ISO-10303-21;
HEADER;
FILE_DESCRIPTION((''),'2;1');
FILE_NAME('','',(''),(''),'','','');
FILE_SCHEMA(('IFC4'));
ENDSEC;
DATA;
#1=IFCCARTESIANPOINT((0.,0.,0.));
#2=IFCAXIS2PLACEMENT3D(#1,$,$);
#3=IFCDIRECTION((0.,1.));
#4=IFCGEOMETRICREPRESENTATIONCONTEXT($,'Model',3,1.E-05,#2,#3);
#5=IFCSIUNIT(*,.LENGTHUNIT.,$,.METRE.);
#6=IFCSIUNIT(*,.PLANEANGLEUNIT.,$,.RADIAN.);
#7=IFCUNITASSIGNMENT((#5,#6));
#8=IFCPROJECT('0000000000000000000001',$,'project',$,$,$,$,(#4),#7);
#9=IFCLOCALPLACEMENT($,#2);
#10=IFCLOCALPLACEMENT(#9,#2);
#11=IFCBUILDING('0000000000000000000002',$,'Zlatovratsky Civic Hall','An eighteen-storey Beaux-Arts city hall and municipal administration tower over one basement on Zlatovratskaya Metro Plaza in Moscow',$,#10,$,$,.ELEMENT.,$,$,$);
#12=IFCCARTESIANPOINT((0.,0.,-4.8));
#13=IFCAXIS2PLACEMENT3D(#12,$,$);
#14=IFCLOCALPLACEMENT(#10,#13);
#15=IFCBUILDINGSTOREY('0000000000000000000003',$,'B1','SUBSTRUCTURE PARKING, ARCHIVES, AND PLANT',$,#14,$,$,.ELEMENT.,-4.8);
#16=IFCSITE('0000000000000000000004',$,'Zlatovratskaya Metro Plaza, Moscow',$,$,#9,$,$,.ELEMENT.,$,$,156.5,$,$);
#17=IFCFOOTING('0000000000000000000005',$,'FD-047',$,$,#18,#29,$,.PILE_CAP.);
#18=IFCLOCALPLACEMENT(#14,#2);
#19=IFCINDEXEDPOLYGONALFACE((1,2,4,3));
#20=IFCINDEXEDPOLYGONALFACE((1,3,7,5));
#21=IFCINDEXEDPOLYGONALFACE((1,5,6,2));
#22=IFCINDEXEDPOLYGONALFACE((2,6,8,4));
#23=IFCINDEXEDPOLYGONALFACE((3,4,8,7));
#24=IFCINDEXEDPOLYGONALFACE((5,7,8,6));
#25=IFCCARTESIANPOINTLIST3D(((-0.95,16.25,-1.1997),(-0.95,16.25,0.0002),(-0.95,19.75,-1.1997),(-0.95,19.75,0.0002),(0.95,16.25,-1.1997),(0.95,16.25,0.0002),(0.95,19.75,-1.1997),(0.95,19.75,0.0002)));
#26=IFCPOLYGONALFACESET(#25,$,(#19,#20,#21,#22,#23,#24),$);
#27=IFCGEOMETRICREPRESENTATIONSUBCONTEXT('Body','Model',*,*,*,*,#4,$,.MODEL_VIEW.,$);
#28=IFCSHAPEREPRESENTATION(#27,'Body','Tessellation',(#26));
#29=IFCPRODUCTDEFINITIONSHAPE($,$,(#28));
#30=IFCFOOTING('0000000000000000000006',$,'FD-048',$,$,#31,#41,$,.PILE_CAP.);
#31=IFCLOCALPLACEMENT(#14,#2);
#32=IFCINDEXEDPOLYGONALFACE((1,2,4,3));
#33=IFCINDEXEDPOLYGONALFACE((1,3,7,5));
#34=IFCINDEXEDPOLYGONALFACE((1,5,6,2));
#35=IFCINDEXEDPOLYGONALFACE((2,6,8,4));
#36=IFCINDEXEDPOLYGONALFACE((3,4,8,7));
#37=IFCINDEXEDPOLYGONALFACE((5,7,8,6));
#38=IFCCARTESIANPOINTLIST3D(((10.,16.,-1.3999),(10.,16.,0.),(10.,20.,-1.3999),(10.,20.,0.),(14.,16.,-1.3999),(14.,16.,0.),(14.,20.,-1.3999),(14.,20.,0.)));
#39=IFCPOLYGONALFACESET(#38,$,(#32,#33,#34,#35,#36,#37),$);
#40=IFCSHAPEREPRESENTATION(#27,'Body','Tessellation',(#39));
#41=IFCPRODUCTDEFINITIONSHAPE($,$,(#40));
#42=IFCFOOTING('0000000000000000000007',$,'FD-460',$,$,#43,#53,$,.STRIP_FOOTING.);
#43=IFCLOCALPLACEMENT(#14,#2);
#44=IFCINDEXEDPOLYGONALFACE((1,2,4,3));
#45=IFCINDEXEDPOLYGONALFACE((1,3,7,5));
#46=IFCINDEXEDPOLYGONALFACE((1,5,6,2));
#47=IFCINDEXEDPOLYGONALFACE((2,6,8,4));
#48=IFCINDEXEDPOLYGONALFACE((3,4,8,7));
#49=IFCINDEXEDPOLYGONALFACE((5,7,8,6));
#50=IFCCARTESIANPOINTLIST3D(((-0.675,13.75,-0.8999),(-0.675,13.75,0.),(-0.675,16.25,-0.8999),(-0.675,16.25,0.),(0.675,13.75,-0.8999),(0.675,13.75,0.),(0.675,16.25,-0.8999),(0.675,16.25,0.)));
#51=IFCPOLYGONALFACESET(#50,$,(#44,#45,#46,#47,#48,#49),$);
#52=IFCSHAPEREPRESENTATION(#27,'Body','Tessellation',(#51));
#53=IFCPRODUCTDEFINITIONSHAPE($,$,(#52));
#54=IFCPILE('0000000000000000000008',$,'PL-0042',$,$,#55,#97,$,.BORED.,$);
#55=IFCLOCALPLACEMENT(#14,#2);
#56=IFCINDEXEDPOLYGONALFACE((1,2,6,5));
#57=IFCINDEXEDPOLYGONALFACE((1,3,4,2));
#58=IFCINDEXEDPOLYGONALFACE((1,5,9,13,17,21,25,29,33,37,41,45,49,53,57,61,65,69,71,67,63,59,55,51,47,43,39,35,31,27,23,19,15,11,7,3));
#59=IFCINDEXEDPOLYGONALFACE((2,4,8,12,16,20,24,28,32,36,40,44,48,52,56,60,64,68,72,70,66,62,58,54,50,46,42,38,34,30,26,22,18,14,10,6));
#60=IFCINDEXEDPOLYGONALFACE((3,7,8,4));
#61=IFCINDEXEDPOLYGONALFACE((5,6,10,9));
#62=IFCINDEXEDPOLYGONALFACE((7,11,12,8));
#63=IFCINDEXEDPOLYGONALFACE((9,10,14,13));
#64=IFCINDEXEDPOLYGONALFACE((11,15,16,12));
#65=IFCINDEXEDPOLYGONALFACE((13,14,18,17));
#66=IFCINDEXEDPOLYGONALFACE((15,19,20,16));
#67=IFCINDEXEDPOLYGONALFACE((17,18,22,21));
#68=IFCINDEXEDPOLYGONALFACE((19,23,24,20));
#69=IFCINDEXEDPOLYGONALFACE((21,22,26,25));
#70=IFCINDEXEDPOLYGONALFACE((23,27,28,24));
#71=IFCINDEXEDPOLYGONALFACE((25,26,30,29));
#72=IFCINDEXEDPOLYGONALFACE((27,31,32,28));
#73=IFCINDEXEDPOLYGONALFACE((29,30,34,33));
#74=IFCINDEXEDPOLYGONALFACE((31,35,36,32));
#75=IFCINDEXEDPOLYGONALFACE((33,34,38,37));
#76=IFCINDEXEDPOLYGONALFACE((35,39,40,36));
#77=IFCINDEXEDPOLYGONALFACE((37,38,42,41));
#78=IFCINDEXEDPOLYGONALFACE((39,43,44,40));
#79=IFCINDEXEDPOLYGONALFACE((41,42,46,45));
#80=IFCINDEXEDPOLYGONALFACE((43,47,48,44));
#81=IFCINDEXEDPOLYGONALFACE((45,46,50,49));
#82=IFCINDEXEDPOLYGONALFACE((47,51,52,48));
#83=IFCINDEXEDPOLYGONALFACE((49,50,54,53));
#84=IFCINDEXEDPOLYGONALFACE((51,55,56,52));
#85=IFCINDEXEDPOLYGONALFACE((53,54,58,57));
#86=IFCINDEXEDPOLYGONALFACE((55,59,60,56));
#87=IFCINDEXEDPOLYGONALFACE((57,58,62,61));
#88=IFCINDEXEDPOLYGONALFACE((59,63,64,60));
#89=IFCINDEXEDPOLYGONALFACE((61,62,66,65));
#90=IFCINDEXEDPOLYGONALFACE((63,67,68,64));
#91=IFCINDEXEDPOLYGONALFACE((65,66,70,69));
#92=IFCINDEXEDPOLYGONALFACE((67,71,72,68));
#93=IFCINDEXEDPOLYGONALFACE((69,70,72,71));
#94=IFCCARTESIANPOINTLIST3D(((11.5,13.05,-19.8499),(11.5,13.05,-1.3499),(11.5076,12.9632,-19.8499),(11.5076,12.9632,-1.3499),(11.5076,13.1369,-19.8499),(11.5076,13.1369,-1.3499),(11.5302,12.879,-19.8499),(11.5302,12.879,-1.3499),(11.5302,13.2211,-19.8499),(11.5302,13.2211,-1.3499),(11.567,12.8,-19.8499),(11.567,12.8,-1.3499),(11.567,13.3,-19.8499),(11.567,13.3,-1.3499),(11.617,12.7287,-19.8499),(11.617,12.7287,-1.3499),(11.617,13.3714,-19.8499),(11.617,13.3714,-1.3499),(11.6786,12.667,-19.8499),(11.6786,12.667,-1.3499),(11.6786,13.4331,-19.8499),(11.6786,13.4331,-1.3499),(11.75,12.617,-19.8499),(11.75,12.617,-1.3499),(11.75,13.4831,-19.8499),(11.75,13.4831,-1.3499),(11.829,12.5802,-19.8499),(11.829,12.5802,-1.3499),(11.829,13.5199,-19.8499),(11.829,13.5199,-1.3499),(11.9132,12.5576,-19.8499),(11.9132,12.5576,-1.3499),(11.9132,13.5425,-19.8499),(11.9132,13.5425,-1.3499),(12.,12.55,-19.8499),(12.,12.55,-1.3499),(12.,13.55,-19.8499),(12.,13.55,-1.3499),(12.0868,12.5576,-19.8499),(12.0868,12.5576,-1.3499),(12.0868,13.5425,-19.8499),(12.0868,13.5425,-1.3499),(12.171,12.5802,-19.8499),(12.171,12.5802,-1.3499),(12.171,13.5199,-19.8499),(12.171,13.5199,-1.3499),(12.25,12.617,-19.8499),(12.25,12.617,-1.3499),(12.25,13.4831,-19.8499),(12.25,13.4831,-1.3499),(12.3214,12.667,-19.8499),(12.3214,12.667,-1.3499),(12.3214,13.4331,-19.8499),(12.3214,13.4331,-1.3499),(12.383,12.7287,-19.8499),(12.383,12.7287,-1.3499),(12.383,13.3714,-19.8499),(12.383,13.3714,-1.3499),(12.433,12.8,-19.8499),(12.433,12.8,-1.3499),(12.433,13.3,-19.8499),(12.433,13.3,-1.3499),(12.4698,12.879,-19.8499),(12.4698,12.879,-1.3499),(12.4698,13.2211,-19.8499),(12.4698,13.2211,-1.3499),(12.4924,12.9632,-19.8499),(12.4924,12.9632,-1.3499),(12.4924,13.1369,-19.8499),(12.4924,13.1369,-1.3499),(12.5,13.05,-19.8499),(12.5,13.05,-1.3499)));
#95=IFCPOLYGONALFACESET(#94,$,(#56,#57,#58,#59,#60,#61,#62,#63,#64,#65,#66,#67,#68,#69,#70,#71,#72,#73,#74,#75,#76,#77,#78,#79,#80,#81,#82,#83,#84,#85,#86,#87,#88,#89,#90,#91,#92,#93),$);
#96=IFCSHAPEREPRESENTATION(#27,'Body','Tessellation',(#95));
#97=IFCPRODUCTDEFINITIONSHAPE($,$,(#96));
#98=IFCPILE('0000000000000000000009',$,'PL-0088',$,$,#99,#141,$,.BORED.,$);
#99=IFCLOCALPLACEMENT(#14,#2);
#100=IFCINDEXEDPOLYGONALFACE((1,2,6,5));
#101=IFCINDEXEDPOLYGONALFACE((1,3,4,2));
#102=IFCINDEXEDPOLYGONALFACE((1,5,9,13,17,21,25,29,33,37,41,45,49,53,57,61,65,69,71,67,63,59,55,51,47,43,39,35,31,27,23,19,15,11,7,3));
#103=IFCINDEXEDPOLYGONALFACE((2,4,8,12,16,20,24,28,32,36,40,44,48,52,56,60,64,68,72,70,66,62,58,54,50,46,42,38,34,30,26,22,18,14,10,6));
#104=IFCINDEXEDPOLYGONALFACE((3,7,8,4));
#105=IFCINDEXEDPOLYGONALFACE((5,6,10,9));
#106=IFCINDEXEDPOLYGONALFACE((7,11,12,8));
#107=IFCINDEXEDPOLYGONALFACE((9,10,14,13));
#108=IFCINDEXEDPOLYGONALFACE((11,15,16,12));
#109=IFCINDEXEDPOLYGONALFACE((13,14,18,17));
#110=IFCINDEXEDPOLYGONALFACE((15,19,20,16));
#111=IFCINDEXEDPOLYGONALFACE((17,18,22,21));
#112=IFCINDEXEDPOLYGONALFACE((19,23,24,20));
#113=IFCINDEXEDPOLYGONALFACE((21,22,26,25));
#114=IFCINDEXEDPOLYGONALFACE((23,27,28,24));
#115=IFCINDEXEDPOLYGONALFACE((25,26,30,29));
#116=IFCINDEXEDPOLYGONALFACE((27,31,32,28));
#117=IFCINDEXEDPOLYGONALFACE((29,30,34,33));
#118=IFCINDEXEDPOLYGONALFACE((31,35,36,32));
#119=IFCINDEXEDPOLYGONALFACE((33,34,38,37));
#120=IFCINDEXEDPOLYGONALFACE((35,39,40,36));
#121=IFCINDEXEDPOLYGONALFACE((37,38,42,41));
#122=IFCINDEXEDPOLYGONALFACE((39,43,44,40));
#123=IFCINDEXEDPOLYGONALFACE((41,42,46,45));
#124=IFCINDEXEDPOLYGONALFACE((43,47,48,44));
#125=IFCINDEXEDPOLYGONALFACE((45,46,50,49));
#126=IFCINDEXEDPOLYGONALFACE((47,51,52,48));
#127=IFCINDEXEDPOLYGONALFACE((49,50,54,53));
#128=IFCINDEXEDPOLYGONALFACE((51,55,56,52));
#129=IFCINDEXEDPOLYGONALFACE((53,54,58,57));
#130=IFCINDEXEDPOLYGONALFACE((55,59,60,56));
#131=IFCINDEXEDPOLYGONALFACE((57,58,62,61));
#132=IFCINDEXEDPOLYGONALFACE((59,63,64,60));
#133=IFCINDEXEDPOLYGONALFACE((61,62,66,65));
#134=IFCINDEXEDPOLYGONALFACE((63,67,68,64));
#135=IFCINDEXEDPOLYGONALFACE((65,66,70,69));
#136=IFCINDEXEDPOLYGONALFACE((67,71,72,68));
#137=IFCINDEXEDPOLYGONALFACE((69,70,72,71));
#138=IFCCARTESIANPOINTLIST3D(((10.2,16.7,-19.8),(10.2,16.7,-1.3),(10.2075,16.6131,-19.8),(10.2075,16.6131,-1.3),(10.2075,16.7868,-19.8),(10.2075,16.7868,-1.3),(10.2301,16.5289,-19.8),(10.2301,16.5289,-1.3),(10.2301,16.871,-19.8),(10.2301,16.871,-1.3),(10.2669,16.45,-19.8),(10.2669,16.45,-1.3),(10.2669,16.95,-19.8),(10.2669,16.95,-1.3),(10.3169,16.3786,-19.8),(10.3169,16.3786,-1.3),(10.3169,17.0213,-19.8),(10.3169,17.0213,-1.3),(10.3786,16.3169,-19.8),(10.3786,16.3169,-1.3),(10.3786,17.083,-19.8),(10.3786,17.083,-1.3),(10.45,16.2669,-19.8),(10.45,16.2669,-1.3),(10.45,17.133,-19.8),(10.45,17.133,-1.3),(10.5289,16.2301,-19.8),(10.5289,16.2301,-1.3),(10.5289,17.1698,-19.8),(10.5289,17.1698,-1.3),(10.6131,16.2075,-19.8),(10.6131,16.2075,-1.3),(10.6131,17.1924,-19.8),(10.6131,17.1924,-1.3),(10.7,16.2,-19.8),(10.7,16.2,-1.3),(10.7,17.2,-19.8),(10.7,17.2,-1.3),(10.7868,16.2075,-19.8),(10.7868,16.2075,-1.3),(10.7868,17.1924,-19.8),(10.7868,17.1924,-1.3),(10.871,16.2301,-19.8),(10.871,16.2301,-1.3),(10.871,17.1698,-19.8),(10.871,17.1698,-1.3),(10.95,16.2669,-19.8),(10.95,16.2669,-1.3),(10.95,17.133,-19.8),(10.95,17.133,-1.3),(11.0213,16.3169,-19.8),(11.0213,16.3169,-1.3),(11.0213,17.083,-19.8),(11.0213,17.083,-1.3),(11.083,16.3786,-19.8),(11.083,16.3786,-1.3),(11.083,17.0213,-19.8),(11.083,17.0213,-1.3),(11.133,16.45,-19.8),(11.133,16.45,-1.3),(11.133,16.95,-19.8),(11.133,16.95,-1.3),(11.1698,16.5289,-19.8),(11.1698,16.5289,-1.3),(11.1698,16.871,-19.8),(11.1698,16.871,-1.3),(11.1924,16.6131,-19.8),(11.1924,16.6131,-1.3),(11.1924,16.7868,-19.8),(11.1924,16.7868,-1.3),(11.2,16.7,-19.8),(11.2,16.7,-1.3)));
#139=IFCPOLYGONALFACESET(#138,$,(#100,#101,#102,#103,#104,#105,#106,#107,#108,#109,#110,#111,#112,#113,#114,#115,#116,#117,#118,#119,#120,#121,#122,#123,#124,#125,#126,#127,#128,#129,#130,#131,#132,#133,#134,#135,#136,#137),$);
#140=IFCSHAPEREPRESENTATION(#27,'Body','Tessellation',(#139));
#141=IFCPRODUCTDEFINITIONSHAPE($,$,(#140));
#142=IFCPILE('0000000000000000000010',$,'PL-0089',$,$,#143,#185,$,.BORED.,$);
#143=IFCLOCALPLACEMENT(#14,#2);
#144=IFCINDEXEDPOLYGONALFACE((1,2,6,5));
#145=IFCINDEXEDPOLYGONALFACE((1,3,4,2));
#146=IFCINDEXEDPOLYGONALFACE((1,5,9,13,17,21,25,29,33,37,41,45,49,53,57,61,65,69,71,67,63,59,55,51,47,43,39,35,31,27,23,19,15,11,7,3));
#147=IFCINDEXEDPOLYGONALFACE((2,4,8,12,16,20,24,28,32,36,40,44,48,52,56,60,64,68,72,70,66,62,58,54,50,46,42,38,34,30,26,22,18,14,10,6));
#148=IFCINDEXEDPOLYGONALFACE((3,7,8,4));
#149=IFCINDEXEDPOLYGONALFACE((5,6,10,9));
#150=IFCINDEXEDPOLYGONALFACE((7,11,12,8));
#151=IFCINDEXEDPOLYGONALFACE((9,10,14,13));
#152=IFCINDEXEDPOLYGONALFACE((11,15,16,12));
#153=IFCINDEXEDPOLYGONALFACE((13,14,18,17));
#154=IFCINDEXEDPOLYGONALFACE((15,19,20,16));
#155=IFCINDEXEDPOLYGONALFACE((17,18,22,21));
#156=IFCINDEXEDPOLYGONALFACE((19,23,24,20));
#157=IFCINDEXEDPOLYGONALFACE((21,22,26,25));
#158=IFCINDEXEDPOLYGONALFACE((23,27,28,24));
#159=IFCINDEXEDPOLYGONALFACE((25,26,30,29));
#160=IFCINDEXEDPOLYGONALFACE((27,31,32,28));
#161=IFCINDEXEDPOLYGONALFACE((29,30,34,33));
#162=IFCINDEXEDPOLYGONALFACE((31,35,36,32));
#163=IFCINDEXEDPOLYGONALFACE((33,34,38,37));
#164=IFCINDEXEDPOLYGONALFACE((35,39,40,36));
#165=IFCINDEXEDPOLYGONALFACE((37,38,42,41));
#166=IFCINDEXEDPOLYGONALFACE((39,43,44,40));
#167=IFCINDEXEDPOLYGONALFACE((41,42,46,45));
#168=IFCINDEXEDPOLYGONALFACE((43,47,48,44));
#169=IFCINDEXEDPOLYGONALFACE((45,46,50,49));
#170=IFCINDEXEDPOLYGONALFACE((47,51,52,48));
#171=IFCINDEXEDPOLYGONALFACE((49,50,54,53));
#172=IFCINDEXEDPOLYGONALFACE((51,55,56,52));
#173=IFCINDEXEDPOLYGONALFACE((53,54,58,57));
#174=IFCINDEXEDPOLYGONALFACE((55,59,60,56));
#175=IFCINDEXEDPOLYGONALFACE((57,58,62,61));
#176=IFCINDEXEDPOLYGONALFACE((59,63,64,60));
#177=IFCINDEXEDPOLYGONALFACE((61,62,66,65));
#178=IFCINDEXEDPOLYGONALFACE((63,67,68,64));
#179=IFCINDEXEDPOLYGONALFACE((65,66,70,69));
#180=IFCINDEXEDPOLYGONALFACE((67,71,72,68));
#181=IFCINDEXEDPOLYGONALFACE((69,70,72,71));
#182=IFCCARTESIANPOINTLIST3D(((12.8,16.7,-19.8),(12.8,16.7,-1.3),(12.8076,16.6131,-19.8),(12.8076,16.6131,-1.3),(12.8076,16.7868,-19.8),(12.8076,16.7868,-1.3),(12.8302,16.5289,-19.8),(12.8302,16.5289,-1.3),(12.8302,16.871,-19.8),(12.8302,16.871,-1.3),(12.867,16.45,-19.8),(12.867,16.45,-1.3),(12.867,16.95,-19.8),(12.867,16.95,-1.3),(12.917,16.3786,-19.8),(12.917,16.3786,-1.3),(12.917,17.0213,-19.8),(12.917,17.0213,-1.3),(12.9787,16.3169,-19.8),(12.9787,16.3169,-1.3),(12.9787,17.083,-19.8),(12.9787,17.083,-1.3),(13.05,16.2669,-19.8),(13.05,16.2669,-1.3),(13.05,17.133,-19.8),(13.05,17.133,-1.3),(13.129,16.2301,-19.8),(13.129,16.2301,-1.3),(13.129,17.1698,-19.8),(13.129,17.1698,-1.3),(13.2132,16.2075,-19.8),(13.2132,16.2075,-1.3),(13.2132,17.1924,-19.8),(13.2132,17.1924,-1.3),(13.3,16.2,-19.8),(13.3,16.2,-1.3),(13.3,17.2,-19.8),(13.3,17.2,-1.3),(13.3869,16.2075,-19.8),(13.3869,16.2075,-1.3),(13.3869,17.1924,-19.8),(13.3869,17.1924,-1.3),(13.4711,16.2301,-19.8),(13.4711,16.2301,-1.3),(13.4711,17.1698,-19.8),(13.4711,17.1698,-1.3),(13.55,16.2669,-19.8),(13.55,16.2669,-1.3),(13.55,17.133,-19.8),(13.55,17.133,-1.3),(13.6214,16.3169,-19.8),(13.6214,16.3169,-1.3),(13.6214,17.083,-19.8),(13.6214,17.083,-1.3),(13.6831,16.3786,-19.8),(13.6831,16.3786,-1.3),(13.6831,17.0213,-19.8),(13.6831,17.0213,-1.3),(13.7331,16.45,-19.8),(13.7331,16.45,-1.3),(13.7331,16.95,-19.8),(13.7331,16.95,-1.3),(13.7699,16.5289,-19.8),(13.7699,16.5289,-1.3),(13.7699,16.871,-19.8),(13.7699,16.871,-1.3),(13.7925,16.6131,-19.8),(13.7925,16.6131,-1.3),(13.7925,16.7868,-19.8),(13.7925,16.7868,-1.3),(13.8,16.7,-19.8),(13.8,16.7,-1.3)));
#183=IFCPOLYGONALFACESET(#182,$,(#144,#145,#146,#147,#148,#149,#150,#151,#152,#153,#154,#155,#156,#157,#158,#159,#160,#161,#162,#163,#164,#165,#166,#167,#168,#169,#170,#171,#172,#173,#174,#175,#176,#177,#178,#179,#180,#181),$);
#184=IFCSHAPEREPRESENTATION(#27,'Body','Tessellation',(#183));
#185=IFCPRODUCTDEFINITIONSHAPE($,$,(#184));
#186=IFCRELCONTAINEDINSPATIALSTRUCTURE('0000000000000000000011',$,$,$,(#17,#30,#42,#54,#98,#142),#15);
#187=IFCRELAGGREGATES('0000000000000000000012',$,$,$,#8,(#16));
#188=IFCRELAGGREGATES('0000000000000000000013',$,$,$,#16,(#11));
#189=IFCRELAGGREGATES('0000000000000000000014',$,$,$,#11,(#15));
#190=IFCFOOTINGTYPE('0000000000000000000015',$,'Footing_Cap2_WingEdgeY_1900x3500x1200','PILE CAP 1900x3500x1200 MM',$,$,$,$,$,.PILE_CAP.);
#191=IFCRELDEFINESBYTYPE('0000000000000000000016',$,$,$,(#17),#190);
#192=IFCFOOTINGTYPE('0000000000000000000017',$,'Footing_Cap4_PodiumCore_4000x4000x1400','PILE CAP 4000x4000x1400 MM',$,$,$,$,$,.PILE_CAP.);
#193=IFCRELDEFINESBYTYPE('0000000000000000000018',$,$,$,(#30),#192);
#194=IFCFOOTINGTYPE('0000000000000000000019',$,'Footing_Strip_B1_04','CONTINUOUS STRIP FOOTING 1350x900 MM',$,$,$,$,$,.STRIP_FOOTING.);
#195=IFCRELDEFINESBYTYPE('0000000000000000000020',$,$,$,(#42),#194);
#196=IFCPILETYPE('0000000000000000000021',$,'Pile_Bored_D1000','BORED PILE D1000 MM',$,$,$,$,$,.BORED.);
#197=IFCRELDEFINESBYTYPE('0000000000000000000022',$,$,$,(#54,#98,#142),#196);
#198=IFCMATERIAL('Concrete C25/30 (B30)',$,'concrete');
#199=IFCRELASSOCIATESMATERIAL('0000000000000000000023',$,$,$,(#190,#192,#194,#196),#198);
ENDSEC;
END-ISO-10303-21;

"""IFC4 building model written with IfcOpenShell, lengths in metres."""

from ifc_helpers import new_model, si_unit, direction, frame, origin, origin_2d, place, context, subcontext, project, spatial, rectangle, circle, extrude, material, material_profile, profile_set, type_object, element, save


model = new_model("IFC4")

# Units and contexts
model_context = context("Model", 3, precision=1e-05, world=origin(), true_north=direction((0.0, 1.0)))
body_context = subcontext(model_context, "Body", "Model", "MODEL_VIEW")
ifc_project = project(units=[si_unit("LENGTHUNIT", "METRE"), si_unit("PLANEANGLEUNIT", "RADIAN")], contexts=[model_context])

# Site, building, storey
site_placement = place(None, origin())
site = spatial("IfcSite", under=ifc_project, at=site_placement, Name="Zlatovratskaya Metro Plaza, Moscow", CompositionType="ELEMENT", RefElevation=156.5)
building_placement = place(site_placement, origin())
building = spatial("IfcBuilding", under=site, at=building_placement, Name="Zlatovratsky Civic Hall", Description="An eighteen-storey Beaux-Arts city hall and municipal administration tower over one basement on Zlatovratskaya Metro Plaza in Moscow", CompositionType="ELEMENT")
storey_placement = place(building_placement, frame((0.0, 0.0, -4.8)))
storey = spatial("IfcBuildingStorey", under=building, at=storey_placement, Name="B1", Description="SUBSTRUCTURE PARKING, ARCHIVES, AND PLANT", CompositionType="ELEMENT", Elevation=-4.8)

# Footings
ifc_material_1 = material(Name="Concrete C25/30 (B30)", Category="concrete")
footing_type_1 = type_object("IfcFootingType", Name="Footing_Cap2_WingEdgeY_1900x3500x1200", Description="PILE CAP 1900x3500x1200 MM", PredefinedType="PILE_CAP", material=ifc_material_1)
footing_1_placement = place(storey_placement, frame((0.0, 18.0, -1.1997), z_axis=(0.0, 0.0, 1.0), x_axis=(1.0, 0.0, 0.0)))
element("IfcFooting", 1, at=footing_1_placement, inside=storey, type_object=footing_type_1, Name="FD-047", PredefinedType="PILE_CAP", context=body_context, shape_type="SweptSolid", body=[
    extrude(rectangle(XDim=1.8999, YDim=3.5, at=origin_2d()), origin(), (0.0, 0.0, 1.0), 1.2),
])
footing_type_2 = type_object("IfcFootingType", Name="Footing_Cap4_PodiumCore_4000x4000x1400", Description="PILE CAP 4000x4000x1400 MM", PredefinedType="PILE_CAP", material=ifc_material_1)
footing_2_placement = place(storey_placement, frame((12.0, 18.0, -1.3999), z_axis=(0.0, 0.0, 1.0), x_axis=(1.0, 0.0, 0.0)))
element("IfcFooting", 2, at=footing_2_placement, inside=storey, type_object=footing_type_2, Name="FD-048", PredefinedType="PILE_CAP", context=body_context, shape_type="SweptSolid", body=[
    extrude(rectangle(XDim=4.0, YDim=4.0, at=origin_2d()), origin(), (0.0, 0.0, 1.0), 1.3999),
])
footing_type_3 = type_object("IfcFootingType", Name="Footing_Strip_B1_04", Description="CONTINUOUS STRIP FOOTING 1350x900 MM", PredefinedType="STRIP_FOOTING", material=ifc_material_1)
footing_3_placement = place(storey_placement, frame((0.0, 15.0, -0.8999), z_axis=(0.0, 0.0, 1.0), x_axis=(1.0, 0.0, 0.0)))
element("IfcFooting", 3, at=footing_3_placement, inside=storey, type_object=footing_type_3, Name="FD-460", PredefinedType="STRIP_FOOTING", context=body_context, shape_type="SweptSolid", body=[
    extrude(rectangle(XDim=1.3501, YDim=2.5, at=origin_2d()), origin(), (0.0, 0.0, 1.0), 0.8999),
])

# Piles
ifc_material_profile_1 = material_profile(ifc_material_1, circle(Radius=0.5, at=origin_2d()), Name="PILE D1000")
ifc_profile_set_1 = profile_set([ifc_material_profile_1], Name="Concrete C25/30 (B30)")
pile_type_1 = type_object("IfcPileType", Name="Pile_Bored_D1000", Description="BORED PILE D1000 MM", PredefinedType="BORED", material=ifc_profile_set_1)
for number, where, z_axis, x_axis, name in (
    (4, (12.0, 13.05, -1.3499), (0.0, 0.0, -1.0), (1.0, 0.0, 0.0), "PL-0042"),
    (5, (10.7, 16.7, -1.3), (0.0, 0.0, -1.0), (1.0, 0.0, 0.0), "PL-0088"),
    (6, (13.3, 16.7, -1.3), (0.0, 0.0, -1.0), (1.0, 0.0, 0.0), "PL-0089"),
):
    element("IfcPile", number, at=place(storey_placement, frame(where, z_axis=z_axis, x_axis=x_axis)), inside=storey, type_object=pile_type_1, Name=name, PredefinedType="BORED", context=body_context, shape_type="SweptSolid", body=[
        extrude(circle(Radius=0.5, at=origin_2d()), origin(), (0.0, 0.0, 1.0), 18.5),
    ])

save(model, "model.ifc")
